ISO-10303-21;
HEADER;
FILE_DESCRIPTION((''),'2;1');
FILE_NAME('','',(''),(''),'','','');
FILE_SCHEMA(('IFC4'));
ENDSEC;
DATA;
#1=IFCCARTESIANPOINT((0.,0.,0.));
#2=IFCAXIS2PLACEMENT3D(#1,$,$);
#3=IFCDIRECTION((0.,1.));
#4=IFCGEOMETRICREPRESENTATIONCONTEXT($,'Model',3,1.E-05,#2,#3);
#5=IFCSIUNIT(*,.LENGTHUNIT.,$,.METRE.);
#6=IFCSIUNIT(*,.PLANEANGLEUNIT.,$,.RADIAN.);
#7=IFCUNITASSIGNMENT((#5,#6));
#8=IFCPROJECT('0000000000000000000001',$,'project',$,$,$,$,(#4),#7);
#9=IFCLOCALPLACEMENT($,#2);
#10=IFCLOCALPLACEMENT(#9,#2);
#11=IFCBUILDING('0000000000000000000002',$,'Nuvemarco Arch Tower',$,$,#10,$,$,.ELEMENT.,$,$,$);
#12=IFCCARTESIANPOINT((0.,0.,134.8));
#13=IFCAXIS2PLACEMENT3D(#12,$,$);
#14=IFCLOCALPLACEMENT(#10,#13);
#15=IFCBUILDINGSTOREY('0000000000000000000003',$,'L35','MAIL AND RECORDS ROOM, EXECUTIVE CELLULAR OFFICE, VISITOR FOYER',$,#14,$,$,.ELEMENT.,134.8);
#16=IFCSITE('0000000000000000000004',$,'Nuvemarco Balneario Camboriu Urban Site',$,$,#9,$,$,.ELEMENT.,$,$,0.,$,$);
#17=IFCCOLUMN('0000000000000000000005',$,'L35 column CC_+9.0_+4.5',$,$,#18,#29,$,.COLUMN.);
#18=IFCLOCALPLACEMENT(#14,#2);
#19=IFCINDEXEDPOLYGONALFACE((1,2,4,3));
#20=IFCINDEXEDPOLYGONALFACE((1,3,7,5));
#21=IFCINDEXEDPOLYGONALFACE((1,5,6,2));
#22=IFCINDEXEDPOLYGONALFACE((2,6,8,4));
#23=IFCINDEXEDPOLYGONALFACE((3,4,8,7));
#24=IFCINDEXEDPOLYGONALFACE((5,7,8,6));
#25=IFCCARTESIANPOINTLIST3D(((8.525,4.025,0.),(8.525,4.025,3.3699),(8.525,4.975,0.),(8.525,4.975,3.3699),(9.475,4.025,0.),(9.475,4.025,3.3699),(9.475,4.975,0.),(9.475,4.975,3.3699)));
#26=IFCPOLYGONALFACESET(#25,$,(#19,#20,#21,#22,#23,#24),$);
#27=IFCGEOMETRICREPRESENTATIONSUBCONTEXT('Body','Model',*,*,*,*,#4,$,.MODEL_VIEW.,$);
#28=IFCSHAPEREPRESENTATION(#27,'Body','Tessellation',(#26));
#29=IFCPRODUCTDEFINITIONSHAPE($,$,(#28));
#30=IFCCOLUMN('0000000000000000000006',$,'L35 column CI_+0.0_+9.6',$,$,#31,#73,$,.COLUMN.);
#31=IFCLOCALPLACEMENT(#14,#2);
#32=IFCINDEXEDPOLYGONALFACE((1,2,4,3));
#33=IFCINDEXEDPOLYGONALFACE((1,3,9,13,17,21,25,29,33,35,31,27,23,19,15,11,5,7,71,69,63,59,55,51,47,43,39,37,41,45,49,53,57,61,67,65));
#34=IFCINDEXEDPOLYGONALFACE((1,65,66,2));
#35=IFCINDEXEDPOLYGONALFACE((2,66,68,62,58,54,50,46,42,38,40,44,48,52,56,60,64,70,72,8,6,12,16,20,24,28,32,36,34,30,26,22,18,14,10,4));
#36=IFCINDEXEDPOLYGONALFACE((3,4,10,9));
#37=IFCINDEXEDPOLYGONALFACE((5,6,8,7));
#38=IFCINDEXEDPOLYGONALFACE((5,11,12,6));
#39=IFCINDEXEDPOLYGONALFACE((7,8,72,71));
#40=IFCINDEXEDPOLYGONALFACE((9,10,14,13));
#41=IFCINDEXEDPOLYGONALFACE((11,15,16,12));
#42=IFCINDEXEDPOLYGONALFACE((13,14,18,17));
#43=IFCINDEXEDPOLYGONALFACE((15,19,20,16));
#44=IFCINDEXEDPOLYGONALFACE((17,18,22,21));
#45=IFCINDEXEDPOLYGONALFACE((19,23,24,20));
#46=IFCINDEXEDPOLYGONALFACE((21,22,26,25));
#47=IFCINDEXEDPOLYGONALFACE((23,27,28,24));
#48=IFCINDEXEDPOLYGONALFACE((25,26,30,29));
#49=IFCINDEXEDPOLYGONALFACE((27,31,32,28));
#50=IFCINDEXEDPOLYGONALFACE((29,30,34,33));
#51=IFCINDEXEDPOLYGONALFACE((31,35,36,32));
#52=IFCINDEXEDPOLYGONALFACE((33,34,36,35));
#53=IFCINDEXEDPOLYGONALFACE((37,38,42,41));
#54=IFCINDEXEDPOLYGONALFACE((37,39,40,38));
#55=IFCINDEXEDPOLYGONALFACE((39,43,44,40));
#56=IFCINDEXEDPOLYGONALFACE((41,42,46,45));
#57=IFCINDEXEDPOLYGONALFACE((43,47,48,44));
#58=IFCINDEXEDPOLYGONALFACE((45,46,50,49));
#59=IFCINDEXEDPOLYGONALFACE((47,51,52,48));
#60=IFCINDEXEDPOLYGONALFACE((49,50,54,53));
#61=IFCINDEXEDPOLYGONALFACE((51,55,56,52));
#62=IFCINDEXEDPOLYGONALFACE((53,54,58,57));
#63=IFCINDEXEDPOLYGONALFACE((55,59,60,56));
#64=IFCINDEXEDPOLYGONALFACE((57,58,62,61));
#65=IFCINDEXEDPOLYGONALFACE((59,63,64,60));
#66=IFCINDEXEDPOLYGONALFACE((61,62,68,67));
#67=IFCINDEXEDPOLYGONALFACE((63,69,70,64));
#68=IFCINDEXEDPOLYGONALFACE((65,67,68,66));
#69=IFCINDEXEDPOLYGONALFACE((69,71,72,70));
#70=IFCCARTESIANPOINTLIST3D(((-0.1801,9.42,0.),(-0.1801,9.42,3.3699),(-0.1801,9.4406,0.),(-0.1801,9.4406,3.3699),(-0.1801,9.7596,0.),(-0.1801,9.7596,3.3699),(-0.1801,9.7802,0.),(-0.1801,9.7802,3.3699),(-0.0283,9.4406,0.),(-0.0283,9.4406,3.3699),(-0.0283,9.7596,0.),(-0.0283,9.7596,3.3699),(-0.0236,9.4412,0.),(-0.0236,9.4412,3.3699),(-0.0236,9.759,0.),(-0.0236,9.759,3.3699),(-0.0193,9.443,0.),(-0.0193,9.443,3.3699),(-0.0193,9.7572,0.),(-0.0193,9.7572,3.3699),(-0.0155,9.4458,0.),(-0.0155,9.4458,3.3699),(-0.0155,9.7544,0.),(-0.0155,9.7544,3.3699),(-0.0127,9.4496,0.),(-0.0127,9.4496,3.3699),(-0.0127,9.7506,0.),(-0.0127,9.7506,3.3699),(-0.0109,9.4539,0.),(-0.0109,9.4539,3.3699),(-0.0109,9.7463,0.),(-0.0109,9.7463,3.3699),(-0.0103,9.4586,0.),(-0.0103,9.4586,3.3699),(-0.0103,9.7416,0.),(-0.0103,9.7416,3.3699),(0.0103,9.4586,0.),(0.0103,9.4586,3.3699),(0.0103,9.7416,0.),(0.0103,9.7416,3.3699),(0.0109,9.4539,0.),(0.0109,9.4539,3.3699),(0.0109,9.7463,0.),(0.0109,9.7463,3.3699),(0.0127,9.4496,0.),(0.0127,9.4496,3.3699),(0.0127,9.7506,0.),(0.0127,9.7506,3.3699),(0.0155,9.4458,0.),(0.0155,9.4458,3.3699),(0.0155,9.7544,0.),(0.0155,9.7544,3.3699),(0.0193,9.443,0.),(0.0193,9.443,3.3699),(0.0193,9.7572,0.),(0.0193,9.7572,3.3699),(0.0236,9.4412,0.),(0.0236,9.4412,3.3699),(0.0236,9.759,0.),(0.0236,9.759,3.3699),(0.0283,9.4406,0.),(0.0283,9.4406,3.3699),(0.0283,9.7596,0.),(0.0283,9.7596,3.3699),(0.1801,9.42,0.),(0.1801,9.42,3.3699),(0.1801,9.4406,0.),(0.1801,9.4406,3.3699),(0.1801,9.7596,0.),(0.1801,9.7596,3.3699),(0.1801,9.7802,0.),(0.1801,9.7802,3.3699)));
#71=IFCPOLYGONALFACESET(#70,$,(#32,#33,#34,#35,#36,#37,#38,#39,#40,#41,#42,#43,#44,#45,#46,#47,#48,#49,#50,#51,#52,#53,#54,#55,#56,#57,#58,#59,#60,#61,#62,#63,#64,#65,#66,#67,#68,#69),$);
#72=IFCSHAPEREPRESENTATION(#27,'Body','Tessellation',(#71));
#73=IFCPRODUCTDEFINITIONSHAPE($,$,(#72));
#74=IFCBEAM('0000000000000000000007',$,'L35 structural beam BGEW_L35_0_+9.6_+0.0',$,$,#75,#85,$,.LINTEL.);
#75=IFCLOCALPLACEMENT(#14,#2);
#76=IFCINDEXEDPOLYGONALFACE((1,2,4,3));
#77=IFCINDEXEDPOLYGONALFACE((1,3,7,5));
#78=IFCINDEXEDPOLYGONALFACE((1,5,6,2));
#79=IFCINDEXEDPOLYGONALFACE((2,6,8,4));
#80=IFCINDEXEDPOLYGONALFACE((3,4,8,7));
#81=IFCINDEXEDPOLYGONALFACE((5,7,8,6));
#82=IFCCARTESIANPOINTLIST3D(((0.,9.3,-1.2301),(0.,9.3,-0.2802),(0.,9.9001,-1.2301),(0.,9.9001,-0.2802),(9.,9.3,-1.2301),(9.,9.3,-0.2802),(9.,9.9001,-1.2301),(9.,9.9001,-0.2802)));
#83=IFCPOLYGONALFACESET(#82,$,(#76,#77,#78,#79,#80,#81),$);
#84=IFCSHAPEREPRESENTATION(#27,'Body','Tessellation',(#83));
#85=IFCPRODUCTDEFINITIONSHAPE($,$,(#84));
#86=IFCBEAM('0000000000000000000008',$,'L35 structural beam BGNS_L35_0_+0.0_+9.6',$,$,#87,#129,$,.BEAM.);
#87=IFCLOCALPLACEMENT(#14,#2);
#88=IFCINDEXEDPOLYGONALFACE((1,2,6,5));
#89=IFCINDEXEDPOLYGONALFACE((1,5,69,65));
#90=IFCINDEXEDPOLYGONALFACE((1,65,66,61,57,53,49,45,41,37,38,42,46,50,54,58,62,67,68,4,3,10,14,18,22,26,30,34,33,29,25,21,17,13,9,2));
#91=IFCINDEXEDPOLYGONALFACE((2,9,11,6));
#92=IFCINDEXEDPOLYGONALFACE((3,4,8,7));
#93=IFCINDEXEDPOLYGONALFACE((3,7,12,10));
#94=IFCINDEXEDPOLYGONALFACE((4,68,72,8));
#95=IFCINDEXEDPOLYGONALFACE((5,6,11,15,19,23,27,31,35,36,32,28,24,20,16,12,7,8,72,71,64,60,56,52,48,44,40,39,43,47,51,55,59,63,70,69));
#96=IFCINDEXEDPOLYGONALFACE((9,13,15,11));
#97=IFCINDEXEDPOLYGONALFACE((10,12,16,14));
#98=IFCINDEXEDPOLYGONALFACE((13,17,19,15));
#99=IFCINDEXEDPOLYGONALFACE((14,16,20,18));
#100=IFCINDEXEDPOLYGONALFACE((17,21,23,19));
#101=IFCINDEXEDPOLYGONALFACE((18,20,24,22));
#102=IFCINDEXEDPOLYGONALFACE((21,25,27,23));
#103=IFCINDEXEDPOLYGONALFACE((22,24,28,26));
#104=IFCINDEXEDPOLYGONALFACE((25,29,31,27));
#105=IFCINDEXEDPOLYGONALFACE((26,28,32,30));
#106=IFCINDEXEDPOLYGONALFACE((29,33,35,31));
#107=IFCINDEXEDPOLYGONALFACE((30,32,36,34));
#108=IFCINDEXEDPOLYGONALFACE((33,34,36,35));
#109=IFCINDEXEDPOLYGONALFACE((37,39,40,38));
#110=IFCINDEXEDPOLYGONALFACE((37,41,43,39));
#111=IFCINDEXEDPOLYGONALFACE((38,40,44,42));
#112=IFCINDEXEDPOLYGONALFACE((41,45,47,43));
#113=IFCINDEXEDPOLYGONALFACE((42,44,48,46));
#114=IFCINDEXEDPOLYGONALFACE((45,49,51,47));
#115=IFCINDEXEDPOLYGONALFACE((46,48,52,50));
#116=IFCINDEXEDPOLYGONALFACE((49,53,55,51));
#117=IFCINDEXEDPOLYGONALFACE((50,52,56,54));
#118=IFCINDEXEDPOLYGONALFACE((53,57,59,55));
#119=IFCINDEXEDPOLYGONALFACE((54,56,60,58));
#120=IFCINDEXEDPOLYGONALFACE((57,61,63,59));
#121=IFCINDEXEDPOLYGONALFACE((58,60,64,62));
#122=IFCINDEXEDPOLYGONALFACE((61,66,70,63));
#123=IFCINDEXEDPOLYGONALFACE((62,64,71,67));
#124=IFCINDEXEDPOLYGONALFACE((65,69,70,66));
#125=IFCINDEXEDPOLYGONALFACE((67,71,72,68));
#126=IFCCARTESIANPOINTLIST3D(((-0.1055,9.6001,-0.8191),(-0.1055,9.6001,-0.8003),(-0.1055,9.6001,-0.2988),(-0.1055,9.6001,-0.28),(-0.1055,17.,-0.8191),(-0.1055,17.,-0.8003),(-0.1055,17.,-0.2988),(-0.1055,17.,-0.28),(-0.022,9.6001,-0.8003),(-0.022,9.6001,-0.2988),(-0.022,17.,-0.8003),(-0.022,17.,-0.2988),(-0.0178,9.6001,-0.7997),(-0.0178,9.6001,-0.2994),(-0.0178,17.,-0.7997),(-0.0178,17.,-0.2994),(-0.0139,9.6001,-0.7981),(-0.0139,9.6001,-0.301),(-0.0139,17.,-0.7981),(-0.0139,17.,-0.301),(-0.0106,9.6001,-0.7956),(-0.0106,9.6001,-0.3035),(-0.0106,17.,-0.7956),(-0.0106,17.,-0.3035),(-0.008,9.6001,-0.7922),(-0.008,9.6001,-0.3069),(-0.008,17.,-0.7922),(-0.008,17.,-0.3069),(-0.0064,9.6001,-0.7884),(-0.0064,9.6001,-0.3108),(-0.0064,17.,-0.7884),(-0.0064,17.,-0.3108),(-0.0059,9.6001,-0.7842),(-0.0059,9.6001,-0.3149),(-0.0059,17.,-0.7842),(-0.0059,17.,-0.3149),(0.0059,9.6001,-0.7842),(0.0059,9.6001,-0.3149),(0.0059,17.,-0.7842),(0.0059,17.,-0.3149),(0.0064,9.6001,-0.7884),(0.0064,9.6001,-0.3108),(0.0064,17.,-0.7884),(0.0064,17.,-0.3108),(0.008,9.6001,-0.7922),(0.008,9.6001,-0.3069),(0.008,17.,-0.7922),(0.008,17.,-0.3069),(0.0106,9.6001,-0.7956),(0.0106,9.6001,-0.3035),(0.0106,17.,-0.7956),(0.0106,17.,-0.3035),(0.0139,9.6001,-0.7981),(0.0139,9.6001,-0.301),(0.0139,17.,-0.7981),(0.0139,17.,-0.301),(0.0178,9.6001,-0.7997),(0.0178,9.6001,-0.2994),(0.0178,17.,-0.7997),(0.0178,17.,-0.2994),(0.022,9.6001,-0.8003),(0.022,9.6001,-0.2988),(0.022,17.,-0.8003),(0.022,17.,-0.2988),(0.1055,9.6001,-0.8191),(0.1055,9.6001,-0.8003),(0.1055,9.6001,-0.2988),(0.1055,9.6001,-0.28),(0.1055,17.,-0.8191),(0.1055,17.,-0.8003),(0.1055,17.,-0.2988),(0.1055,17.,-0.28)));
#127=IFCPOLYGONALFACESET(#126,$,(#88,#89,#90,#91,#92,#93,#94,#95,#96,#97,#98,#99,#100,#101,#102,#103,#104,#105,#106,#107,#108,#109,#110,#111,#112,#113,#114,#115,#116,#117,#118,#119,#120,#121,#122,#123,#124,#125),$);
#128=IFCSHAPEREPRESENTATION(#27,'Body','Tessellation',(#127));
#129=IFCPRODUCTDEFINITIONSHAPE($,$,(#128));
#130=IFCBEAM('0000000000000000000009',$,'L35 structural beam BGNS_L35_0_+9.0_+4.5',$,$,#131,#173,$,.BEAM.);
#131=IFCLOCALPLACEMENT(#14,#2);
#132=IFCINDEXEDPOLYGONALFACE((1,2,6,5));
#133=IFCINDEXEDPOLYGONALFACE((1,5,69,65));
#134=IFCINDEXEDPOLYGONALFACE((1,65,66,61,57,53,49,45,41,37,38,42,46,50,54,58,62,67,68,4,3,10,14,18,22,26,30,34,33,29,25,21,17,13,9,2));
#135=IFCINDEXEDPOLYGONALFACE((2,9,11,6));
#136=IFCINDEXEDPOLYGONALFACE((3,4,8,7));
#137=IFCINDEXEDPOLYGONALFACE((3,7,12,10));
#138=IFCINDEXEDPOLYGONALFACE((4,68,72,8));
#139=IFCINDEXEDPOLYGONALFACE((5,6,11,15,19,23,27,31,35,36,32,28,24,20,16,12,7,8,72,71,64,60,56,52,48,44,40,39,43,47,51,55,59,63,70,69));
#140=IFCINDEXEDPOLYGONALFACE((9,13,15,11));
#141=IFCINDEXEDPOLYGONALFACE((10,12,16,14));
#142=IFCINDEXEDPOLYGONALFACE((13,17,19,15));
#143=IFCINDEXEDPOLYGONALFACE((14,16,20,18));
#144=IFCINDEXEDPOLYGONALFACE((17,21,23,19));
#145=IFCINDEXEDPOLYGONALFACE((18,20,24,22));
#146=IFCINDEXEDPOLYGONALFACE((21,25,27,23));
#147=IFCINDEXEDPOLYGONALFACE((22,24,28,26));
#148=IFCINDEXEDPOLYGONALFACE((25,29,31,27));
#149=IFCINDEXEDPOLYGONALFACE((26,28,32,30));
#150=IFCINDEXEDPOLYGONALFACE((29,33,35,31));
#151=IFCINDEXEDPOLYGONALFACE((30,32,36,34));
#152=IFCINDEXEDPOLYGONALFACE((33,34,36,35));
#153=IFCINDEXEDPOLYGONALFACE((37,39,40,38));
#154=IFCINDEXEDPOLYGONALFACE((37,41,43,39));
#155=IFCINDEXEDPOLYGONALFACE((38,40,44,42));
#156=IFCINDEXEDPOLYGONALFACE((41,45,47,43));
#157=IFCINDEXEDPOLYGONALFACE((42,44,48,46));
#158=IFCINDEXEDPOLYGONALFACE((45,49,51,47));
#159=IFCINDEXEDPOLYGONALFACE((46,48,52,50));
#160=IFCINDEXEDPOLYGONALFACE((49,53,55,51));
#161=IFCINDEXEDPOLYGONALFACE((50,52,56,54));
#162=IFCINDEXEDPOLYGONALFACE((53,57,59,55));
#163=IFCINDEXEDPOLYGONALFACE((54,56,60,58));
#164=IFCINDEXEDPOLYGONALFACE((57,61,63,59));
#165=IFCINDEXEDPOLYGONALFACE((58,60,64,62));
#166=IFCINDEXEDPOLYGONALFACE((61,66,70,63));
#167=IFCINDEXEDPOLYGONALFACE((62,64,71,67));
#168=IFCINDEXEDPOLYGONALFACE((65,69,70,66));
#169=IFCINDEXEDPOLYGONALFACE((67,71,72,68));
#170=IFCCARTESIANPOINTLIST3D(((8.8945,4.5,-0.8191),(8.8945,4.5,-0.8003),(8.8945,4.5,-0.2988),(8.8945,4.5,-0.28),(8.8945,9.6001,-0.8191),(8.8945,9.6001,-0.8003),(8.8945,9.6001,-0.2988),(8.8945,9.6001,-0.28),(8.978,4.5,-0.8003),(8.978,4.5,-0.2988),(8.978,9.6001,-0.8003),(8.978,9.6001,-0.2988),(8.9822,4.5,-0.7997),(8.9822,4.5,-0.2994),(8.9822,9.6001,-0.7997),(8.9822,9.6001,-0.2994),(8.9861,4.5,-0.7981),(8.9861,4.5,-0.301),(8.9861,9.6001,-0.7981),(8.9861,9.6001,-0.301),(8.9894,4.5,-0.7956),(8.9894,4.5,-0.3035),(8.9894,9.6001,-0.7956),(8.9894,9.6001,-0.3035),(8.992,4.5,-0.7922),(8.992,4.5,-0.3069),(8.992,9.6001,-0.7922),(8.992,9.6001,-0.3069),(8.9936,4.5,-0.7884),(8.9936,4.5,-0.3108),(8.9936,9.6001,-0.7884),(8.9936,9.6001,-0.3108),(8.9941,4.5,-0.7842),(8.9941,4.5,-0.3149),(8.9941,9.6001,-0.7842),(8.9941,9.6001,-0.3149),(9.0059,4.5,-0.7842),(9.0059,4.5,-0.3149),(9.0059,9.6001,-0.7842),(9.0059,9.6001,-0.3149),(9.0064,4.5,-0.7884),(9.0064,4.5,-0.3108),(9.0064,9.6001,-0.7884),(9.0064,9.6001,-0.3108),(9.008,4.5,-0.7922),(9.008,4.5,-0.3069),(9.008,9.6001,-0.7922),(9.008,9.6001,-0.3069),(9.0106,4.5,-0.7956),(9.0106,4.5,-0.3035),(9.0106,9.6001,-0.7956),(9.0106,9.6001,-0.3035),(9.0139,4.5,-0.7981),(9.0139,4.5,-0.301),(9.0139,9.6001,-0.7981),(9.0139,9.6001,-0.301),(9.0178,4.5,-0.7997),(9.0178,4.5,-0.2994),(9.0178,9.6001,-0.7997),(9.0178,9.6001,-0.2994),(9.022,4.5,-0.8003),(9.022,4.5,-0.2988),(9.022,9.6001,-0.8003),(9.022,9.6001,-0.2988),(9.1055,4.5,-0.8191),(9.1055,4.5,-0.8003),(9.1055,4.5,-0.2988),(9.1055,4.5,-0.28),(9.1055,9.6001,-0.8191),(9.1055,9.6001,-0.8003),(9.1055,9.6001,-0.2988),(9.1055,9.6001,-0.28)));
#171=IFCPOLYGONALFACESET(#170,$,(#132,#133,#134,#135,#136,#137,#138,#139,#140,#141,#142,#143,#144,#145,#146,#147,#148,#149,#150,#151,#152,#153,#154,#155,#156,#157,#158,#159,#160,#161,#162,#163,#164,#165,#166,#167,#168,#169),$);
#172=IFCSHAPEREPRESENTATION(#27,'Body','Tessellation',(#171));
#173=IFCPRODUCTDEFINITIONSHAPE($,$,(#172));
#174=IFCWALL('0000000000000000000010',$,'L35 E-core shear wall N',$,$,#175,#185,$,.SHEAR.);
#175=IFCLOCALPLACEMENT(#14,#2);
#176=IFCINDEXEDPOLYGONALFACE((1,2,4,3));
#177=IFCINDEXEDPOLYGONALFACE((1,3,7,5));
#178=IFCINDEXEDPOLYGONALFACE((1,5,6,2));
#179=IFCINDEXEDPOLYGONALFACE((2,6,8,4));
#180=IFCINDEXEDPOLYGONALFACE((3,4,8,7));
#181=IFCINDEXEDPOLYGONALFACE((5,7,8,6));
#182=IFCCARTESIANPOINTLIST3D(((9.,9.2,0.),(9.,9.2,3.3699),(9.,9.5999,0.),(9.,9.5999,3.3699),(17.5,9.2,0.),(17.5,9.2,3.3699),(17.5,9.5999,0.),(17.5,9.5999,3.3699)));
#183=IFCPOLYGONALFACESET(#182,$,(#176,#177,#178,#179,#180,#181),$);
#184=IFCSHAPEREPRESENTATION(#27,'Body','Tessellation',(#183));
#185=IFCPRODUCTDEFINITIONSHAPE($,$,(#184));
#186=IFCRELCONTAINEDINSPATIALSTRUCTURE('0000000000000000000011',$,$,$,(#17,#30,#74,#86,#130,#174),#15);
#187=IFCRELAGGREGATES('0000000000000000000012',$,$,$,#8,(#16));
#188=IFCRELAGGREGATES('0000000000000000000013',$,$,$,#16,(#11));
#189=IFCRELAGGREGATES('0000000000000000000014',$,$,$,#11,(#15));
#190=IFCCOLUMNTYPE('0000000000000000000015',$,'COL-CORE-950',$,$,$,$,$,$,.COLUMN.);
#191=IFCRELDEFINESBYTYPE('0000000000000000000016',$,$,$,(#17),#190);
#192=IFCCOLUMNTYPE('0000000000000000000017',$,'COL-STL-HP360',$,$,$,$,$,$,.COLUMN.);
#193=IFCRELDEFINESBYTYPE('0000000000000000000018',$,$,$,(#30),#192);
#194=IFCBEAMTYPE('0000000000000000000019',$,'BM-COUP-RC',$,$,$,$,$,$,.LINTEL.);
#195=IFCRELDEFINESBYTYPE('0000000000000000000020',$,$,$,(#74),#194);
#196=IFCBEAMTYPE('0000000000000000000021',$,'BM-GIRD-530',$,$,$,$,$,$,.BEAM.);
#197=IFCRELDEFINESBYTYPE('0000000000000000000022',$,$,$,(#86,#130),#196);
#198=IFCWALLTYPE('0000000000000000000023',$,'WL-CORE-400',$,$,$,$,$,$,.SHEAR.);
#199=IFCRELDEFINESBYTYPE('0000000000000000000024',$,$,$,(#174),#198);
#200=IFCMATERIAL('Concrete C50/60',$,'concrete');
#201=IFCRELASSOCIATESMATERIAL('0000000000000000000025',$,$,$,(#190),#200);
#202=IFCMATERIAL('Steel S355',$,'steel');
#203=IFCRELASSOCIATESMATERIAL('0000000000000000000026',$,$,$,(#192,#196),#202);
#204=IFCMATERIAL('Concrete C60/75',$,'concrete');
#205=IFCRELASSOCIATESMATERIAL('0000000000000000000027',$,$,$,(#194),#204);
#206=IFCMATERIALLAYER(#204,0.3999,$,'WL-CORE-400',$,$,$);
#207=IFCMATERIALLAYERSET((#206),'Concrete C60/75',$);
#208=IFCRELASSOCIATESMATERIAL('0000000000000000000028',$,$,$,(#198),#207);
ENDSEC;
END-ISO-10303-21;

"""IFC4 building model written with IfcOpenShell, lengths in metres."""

from ifc_helpers import new_model, si_unit, direction, frame, frame_2d, origin, origin_2d, place, context, subcontext, project, spatial, rectangle, i_section, extrude, material, layer, layer_set, material_profile, profile_set, type_object, element, save


model = new_model("IFC4")

# Units and contexts
model_context = context("Model", 3, precision=1e-05, world=origin(), true_north=direction((0.0, 1.0)))
body_context = subcontext(model_context, "Body", "Model", "MODEL_VIEW")
ifc_project = project(units=[si_unit("LENGTHUNIT", "METRE"), si_unit("PLANEANGLEUNIT", "RADIAN")], contexts=[model_context])

# Site, building, storey
site_placement = place(None, origin())
site = spatial("IfcSite", under=ifc_project, at=site_placement, Name="Nuvemarco Balneario Camboriu Urban Site", CompositionType="ELEMENT", RefElevation=0.0)
building_placement = place(site_placement, origin())
building = spatial("IfcBuilding", under=site, at=building_placement, Name="Nuvemarco Arch Tower", CompositionType="ELEMENT")
storey_placement = place(building_placement, frame((0.0, 0.0, 134.8)))
storey = spatial("IfcBuildingStorey", under=building, at=storey_placement, Name="L35", Description="MAIL AND RECORDS ROOM, EXECUTIVE CELLULAR OFFICE, VISITOR FOYER", CompositionType="ELEMENT", Elevation=134.8)

# Columns
ifc_material_1 = material(Name="Concrete C50/60", Category="concrete")
ifc_material_profile_1 = material_profile(ifc_material_1, rectangle(XDim=0.95, YDim=0.95, at=origin_2d()), Name="RC-COL-950x950")
ifc_profile_set_1 = profile_set([ifc_material_profile_1], Name="Concrete C50/60")
column_type_1 = type_object("IfcColumnType", Name="COL-CORE-950", PredefinedType="COLUMN", material=ifc_profile_set_1)
column_1_placement = place(storey_placement, frame((9.0, 4.5, 0.0), z_axis=(0.0, 0.0, 1.0), x_axis=(1.0, 0.0, 0.0)))
element("IfcColumn", 1, at=column_1_placement, inside=storey, type_object=column_type_1, Name="L35 column CC_+9.0_+4.5", PredefinedType="COLUMN", context=body_context, shape_type="SweptSolid", body=[
    extrude(rectangle(XDim=0.95, YDim=0.95, at=origin_2d()), origin(), (0.0, 0.0, 1.0), 3.3699),
])
ifc_material_2 = material(Name="Steel S355", Category="steel")
ifc_material_profile_2 = material_profile(ifc_material_2, i_section(OverallWidth=0.3601, OverallDepth=0.3601, WebThickness=0.0205, FlangeThickness=0.0205, FilletRadius=0.0181, at=origin_2d()), Name="HP360x174")
ifc_profile_set_2 = profile_set([ifc_material_profile_2], Name="Steel S355")
column_type_2 = type_object("IfcColumnType", Name="COL-STL-HP360", PredefinedType="COLUMN", material=ifc_profile_set_2)
column_2_placement = place(storey_placement, frame((0.0, 9.6001, 0.0), z_axis=(0.0, 0.0, 1.0), x_axis=(1.0, 0.0, 0.0)))
element("IfcColumn", 2, at=column_2_placement, inside=storey, type_object=column_type_2, Name="L35 column CI_+0.0_+9.6", PredefinedType="COLUMN", context=body_context, shape_type="SweptSolid", body=[
    extrude(i_section(OverallWidth=0.3601, OverallDepth=0.3601, WebThickness=0.0205, FlangeThickness=0.0205, FilletRadius=0.0181, at=origin_2d()), origin(), (0.0, 0.0, 1.0), 3.3699),
])

# Beams
ifc_material_3 = material(Name="Concrete C60/75", Category="concrete")
ifc_material_profile_3 = material_profile(ifc_material_3, rectangle(XDim=0.6001, YDim=0.95, at=origin_2d()), Name="RC-BM-600x950")
ifc_profile_set_3 = profile_set([ifc_material_profile_3], Name="Concrete C60/75")
beam_type_1 = type_object("IfcBeamType", Name="BM-COUP-RC", PredefinedType="LINTEL", material=ifc_profile_set_3)
beam_1_placement = place(storey_placement, frame((0.0, 9.6001, -0.7551), z_axis=(1.0, 0.0, 0.0), x_axis=(0.0, 1.0, 0.0)))
element("IfcBeam", 3, at=beam_1_placement, inside=storey, type_object=beam_type_1, Name="L35 structural beam BGEW_L35_0_+9.6_+0.0", PredefinedType="LINTEL", context=body_context, shape_type="SweptSolid", body=[
    extrude(rectangle(XDim=0.6001, YDim=0.95, at=origin_2d()), origin(), (0.0, 0.0, 1.0), 9.0),
])
ifc_material_profile_4 = material_profile(ifc_material_2, i_section(OverallWidth=0.2109, OverallDepth=0.5391, WebThickness=0.0117, FlangeThickness=0.0188, FilletRadius=0.0161, at=origin_2d()), Name="W530x109")
ifc_profile_set_4 = profile_set([ifc_material_profile_4], Name="Steel S355")
beam_type_2 = type_object("IfcBeamType", Name="BM-GIRD-530", PredefinedType="BEAM", material=ifc_profile_set_4)
beam_2_placement = place(storey_placement, frame((0.0, 9.6001, -0.5496), z_axis=(0.0, 1.0, 0.0), x_axis=(-1.0, 0.0, 0.0)))
element("IfcBeam", 4, at=beam_2_placement, inside=storey, type_object=beam_type_2, Name="L35 structural beam BGNS_L35_0_+0.0_+9.6", PredefinedType="BEAM", context=body_context, shape_type="SweptSolid", body=[
    extrude(i_section(OverallWidth=0.2109, OverallDepth=0.5391, WebThickness=0.0117, FlangeThickness=0.0188, FilletRadius=0.0161, at=origin_2d()), origin(), (0.0, 0.0, 1.0), 7.3999),
])
beam_3_placement = place(storey_placement, frame((9.0, 4.5, -0.5496), z_axis=(0.0, 1.0, 0.0), x_axis=(-1.0, 0.0, 0.0)))
element("IfcBeam", 5, at=beam_3_placement, inside=storey, type_object=beam_type_2, Name="L35 structural beam BGNS_L35_0_+9.0_+4.5", PredefinedType="BEAM", context=body_context, shape_type="SweptSolid", body=[
    extrude(i_section(OverallWidth=0.2109, OverallDepth=0.5391, WebThickness=0.0117, FlangeThickness=0.0188, FilletRadius=0.0161, at=origin_2d()), origin(), (0.0, 0.0, 1.0), 5.1001),
])

# Wall
ifc_layer_1 = layer(ifc_material_3, 0.3999, Name="WL-CORE-400")
ifc_layer_set_1 = layer_set([ifc_layer_1], Name="Concrete C60/75")
wall_type_1 = type_object("IfcWallType", Name="WL-CORE-400", PredefinedType="SHEAR", material=ifc_layer_set_1)
wall_1_placement = place(storey_placement, frame((9.0, 9.3999, 0.0), z_axis=(0.0, 0.0, 1.0), x_axis=(1.0, 0.0, 0.0)))
element("IfcWall", 6, at=wall_1_placement, inside=storey, type_object=wall_type_1, Name="L35 E-core shear wall N", PredefinedType="SHEAR", context=body_context, shape_type="SweptSolid", body=[
    extrude(rectangle(XDim=8.5, YDim=0.3999, at=frame_2d((4.25, 0.0))), origin(), (0.0, 0.0, 1.0), 3.3699),
])

save(model, "model.ifc")
